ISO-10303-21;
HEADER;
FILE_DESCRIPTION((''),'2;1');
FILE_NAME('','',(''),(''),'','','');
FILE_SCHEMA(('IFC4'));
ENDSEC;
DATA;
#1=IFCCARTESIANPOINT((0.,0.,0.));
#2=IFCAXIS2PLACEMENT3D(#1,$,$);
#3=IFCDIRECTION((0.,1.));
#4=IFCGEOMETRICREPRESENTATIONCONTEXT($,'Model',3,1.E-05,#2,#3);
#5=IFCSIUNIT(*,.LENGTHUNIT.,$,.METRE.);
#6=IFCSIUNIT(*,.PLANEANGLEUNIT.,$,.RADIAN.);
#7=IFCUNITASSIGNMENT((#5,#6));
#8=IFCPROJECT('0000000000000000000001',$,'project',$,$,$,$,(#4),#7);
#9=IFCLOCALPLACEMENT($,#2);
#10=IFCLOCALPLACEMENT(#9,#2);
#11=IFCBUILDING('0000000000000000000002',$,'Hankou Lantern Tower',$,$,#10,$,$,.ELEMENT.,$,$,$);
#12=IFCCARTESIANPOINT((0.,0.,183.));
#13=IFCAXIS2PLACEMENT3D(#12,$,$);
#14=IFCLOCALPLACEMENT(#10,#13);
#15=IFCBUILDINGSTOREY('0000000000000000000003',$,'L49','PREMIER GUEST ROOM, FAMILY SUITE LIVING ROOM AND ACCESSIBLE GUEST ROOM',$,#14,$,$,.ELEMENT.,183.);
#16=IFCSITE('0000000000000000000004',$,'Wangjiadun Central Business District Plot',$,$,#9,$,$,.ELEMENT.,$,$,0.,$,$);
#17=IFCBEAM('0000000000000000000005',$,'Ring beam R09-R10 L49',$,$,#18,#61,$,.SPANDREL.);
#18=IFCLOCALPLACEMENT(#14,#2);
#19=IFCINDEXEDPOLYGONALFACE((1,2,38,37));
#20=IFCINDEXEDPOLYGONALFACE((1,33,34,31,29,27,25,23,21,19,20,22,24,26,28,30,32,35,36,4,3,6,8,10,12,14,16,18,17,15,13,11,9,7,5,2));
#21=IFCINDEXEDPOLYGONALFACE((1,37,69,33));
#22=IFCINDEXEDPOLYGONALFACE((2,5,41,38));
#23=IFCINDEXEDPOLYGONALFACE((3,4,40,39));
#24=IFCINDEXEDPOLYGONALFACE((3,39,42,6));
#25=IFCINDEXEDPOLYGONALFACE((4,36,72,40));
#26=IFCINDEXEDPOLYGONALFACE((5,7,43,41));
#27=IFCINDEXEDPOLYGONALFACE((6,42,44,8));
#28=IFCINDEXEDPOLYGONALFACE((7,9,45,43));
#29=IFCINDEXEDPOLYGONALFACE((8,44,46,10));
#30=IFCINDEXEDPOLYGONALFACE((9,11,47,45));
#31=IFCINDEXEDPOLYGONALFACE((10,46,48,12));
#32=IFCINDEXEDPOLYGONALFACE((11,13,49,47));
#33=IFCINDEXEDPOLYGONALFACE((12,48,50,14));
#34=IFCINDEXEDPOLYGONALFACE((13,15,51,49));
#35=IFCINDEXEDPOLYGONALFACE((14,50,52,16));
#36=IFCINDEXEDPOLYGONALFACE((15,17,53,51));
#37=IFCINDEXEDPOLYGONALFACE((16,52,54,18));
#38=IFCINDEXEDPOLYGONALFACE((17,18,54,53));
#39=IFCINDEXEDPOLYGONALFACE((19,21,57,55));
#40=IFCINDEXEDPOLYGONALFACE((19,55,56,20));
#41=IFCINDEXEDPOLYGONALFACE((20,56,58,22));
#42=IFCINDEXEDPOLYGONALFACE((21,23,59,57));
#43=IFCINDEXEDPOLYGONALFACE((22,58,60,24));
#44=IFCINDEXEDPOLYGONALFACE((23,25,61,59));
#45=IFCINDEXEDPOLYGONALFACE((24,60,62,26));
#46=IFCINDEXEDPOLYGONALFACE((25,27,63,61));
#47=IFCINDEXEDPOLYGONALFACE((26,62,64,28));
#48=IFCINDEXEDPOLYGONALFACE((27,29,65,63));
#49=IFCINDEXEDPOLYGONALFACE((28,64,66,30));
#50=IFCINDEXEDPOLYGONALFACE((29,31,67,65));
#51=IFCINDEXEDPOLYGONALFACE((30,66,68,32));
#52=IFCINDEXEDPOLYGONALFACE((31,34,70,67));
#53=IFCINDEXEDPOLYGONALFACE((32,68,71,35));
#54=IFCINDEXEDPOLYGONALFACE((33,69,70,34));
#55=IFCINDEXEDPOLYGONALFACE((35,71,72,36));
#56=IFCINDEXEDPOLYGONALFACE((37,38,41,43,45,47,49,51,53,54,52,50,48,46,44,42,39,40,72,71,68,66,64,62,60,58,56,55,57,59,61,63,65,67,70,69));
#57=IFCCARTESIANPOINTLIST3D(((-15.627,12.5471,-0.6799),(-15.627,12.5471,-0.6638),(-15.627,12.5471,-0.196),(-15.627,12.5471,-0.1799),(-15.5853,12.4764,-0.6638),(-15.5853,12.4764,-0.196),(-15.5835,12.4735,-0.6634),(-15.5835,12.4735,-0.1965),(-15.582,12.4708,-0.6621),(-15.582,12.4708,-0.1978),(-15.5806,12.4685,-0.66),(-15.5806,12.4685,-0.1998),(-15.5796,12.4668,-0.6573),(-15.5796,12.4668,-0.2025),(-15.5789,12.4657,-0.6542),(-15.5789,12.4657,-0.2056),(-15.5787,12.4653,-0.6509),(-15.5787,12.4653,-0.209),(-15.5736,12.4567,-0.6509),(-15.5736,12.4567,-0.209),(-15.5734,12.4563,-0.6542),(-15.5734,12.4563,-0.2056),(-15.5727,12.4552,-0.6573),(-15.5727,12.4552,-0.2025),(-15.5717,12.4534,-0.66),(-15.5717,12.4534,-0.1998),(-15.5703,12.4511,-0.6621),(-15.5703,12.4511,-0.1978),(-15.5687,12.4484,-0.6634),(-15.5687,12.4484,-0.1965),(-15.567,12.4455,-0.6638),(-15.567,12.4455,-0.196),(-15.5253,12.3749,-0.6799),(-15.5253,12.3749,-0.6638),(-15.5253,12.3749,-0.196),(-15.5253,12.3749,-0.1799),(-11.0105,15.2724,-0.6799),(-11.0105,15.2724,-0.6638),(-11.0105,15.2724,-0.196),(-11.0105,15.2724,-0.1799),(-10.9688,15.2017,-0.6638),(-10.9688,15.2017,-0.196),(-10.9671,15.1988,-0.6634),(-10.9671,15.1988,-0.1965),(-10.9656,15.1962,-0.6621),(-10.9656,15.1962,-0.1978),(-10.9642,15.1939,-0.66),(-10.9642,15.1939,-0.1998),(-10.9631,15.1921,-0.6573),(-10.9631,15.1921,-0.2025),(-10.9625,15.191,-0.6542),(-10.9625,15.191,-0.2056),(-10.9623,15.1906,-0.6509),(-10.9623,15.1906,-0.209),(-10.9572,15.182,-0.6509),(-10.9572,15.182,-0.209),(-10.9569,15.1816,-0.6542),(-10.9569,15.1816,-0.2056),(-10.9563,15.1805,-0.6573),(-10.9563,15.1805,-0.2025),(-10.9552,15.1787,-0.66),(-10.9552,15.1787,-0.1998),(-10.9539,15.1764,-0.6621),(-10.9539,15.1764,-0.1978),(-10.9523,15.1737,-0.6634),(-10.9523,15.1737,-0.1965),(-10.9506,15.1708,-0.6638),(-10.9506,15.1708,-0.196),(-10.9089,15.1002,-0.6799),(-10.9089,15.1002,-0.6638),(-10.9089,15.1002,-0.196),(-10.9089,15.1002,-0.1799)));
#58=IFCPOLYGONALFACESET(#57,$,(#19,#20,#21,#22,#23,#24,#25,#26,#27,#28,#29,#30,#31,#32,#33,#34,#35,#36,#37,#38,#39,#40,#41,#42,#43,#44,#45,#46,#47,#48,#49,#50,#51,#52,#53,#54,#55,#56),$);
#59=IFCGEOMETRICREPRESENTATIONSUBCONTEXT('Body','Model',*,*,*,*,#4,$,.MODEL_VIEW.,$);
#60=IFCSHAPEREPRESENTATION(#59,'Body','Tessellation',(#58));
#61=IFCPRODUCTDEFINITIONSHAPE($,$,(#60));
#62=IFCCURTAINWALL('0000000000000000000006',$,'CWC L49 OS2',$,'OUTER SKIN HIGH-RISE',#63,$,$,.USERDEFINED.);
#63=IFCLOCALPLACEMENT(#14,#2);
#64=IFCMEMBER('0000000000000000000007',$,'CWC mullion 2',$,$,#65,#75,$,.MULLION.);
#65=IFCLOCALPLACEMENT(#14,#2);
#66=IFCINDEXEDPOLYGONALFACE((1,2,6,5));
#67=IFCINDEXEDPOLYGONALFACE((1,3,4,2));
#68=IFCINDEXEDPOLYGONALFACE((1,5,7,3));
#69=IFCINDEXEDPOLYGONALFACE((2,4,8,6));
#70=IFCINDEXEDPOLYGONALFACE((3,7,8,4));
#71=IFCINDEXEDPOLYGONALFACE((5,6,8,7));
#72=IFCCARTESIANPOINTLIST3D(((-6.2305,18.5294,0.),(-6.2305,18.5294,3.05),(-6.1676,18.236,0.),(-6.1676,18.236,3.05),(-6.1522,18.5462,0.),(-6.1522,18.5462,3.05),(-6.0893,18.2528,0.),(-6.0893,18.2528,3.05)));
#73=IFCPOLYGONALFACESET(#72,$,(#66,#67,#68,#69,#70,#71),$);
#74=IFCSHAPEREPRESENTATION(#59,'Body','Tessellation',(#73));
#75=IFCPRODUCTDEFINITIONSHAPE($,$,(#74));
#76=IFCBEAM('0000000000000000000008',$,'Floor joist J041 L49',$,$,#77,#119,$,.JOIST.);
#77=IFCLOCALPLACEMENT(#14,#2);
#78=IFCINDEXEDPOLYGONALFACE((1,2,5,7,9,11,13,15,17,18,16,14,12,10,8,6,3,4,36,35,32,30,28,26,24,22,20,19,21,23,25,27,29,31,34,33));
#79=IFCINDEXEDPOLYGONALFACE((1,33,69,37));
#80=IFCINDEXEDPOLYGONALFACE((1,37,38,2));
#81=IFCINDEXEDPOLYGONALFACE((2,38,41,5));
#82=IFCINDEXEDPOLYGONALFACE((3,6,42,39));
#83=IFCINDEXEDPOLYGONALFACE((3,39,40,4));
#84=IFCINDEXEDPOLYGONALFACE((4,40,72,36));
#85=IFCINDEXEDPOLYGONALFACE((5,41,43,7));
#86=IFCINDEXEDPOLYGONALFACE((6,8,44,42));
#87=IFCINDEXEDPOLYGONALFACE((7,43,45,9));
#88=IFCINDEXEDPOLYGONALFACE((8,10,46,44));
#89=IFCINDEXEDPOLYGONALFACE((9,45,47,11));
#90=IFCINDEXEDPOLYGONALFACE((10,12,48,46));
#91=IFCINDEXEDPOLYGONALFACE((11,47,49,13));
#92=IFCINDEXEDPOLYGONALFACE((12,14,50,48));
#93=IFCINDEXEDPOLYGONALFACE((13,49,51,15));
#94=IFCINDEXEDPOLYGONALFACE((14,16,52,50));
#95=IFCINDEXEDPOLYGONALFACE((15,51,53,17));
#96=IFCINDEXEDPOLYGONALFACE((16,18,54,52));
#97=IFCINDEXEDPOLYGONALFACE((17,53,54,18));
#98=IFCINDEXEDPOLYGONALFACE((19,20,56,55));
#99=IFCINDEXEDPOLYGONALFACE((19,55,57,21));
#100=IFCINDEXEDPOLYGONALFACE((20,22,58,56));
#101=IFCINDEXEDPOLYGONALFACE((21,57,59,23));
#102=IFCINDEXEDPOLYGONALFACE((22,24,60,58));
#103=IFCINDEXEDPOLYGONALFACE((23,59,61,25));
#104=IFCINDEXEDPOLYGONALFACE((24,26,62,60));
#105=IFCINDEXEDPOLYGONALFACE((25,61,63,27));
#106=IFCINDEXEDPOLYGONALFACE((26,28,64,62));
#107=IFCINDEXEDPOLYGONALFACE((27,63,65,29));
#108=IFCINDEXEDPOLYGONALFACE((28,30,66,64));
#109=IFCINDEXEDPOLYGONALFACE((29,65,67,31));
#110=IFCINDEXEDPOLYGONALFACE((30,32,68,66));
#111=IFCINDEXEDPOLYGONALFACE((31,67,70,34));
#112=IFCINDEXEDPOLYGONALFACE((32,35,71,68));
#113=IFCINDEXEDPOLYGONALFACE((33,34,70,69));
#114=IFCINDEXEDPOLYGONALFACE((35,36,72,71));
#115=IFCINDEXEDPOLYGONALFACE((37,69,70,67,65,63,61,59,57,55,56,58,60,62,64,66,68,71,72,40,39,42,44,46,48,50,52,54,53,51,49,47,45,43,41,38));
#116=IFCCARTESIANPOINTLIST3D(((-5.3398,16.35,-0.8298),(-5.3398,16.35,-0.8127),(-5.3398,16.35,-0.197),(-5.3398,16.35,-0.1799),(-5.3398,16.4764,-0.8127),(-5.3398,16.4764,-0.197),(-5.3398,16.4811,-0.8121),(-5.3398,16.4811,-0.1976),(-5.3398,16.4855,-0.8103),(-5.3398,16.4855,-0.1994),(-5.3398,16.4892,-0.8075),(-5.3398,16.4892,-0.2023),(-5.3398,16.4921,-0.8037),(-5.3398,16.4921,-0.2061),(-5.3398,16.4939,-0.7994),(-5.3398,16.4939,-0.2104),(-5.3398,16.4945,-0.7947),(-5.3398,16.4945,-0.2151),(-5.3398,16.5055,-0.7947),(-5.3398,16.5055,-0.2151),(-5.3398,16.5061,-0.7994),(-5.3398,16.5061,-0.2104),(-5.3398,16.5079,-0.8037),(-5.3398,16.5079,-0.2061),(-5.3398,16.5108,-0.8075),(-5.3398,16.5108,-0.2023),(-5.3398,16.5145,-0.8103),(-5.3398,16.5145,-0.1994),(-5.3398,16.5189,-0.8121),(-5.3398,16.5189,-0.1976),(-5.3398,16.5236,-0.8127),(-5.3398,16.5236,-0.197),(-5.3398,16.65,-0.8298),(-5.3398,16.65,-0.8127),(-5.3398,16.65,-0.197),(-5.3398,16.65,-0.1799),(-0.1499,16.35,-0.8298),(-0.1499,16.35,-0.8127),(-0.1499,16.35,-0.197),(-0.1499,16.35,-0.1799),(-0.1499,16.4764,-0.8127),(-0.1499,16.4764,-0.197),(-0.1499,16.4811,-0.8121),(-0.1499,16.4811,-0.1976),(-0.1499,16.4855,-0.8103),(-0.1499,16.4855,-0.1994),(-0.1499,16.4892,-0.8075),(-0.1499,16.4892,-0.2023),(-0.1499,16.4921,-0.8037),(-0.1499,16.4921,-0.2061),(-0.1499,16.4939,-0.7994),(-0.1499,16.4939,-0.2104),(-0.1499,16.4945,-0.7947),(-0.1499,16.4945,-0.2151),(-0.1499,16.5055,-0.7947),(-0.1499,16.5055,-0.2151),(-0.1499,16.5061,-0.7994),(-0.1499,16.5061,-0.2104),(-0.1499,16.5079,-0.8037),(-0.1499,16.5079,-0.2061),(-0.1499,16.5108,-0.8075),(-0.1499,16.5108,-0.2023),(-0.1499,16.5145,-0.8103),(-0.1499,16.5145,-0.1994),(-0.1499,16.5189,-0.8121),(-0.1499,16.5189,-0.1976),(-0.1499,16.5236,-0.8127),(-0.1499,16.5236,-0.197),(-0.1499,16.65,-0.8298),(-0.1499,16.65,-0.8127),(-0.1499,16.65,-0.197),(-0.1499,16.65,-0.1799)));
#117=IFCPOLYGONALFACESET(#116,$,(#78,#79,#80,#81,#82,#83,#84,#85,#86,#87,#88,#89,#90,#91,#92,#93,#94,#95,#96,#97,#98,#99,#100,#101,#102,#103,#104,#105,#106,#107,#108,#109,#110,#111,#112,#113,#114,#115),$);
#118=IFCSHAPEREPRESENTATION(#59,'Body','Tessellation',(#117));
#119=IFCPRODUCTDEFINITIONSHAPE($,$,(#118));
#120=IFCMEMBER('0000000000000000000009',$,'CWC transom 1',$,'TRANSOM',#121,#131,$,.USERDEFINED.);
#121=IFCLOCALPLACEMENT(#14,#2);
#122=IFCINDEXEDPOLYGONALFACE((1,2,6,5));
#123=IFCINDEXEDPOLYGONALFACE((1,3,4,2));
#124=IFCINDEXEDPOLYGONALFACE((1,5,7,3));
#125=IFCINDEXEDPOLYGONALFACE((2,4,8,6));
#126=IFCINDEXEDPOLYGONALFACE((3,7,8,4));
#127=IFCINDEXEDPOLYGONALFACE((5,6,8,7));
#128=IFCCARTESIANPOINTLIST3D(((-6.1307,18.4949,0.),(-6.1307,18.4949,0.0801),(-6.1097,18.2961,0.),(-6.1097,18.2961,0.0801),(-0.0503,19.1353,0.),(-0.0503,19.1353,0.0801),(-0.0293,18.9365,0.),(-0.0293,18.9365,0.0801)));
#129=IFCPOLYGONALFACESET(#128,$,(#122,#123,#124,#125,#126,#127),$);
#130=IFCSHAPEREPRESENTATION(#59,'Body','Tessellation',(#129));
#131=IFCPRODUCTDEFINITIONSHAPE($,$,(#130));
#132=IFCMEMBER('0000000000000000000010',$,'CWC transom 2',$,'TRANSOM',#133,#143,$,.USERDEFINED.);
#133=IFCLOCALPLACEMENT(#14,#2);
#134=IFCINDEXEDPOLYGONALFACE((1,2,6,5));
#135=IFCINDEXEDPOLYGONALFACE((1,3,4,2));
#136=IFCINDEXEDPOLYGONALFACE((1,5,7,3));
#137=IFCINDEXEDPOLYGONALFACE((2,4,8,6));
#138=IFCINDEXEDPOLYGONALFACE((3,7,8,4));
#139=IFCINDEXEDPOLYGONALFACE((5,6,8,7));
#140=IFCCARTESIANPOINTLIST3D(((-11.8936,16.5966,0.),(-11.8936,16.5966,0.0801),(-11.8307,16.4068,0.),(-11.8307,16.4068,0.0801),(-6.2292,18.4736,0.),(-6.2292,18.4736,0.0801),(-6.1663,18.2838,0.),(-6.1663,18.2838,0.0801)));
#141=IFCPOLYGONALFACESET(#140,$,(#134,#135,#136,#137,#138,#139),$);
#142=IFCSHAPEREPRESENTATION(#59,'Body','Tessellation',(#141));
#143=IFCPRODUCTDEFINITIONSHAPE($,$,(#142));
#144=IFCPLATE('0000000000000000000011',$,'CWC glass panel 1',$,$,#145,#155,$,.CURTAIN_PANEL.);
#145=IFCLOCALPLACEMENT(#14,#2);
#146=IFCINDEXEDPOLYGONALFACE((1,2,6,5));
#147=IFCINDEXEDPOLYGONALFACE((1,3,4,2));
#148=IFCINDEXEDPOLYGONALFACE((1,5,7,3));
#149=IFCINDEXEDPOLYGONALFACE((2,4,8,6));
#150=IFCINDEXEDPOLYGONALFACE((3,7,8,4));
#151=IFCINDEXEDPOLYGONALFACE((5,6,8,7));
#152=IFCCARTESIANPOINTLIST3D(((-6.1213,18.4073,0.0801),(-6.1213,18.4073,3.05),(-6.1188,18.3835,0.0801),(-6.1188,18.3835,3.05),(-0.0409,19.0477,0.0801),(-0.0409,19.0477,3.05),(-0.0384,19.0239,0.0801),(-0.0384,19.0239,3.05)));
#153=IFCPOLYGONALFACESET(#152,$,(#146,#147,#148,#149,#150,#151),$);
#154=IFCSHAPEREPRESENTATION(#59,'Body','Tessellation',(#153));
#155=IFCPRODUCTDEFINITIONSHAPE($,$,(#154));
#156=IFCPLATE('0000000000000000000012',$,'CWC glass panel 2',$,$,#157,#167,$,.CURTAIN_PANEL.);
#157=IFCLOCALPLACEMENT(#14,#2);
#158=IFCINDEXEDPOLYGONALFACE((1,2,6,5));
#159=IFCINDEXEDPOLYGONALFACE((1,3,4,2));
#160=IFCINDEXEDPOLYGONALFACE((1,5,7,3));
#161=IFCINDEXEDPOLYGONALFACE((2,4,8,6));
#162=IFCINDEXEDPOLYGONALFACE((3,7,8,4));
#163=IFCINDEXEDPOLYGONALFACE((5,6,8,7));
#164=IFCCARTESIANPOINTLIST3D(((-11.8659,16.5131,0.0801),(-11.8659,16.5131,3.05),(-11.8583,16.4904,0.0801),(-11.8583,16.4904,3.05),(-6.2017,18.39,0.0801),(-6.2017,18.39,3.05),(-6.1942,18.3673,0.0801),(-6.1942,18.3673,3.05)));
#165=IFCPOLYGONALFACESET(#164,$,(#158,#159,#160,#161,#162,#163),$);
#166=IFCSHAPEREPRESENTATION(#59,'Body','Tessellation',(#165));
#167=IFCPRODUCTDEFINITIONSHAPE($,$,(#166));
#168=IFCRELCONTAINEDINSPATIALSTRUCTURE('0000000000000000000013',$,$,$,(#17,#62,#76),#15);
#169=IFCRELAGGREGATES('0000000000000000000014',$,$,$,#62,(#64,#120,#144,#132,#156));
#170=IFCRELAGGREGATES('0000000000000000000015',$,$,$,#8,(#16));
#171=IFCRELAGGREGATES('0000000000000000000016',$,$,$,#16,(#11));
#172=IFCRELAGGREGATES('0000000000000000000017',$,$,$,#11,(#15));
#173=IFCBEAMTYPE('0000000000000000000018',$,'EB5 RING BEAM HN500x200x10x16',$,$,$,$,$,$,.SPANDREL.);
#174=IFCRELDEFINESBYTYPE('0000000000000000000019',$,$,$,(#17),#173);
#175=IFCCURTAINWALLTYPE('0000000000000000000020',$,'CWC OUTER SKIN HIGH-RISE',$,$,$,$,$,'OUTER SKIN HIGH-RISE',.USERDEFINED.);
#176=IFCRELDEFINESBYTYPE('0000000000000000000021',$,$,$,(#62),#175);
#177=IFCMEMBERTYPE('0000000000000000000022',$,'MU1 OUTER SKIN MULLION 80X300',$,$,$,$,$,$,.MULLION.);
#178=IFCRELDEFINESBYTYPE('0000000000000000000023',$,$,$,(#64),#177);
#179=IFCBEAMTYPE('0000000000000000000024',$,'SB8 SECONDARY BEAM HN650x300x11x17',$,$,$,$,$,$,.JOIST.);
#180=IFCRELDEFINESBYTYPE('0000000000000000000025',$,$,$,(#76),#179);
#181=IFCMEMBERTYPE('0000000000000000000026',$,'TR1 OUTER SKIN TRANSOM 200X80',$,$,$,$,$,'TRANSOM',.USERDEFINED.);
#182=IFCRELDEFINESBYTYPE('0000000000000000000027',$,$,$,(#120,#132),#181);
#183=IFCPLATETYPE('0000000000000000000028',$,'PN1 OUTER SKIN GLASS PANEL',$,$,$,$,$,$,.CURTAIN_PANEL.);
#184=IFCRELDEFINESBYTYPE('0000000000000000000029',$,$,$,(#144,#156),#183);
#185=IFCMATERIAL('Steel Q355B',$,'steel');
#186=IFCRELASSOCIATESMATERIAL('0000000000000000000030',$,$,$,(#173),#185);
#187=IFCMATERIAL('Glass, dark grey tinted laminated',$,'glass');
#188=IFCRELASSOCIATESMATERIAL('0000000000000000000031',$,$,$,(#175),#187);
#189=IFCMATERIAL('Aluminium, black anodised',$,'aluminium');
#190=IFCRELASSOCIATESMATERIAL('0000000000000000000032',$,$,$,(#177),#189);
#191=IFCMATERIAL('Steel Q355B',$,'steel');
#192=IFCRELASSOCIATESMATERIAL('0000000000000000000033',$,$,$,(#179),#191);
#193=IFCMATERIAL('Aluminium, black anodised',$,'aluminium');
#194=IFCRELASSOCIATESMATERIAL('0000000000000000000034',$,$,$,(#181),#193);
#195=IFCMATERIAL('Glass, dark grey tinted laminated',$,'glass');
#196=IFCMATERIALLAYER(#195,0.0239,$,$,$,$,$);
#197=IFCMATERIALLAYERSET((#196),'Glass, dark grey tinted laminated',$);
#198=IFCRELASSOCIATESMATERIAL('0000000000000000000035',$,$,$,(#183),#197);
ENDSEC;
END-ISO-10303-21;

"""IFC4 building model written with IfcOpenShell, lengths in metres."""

from ifc_helpers import new_model, si_unit, direction, frame, origin, origin_2d, place, context, subcontext, project, spatial, rectangle, i_section, extrude, material, layer, layer_set, material_profile, profile_set, type_object, element, aggregate, save


model = new_model("IFC4")

# Units and contexts
model_context = context("Model", 3, precision=1e-05, world=origin(), true_north=direction((0.0, 1.0)))
body_context = subcontext(model_context, "Body", "Model", "MODEL_VIEW")
ifc_project = project(units=[si_unit("LENGTHUNIT", "METRE"), si_unit("PLANEANGLEUNIT", "RADIAN")], contexts=[model_context])

# Site, building, storey
site_placement = place(None, origin())
site = spatial("IfcSite", under=ifc_project, at=site_placement, Name="Wangjiadun Central Business District Plot", CompositionType="ELEMENT", RefElevation=0.0)
building_placement = place(site_placement, origin())
building = spatial("IfcBuilding", under=site, at=building_placement, Name="Hankou Lantern Tower", CompositionType="ELEMENT")
storey_placement = place(building_placement, frame((0.0, 0.0, 183.0)))
storey = spatial("IfcBuildingStorey", under=building, at=storey_placement, Name="L49", Description="PREMIER GUEST ROOM, FAMILY SUITE LIVING ROOM AND ACCESSIBLE GUEST ROOM", CompositionType="ELEMENT", Elevation=183.0)

# Beam
ifc_material_1 = material(Name="Steel Q355B", Category="steel")
ifc_material_profile_1 = material_profile(ifc_material_1, i_section(OverallWidth=0.2, OverallDepth=0.5, WebThickness=0.01, FlangeThickness=0.0161, FilletRadius=0.0129, at=origin_2d()), Name="HN500x200x10x16")
ifc_profile_set_1 = profile_set([ifc_material_profile_1], Name="Steel Q355B")
beam_type_1 = type_object("IfcBeamType", Name="EB5 RING BEAM HN500x200x10x16", PredefinedType="SPANDREL", material=ifc_profile_set_1)
beam_1_placement = place(storey_placement, frame((-10.9597, 15.1863, -0.4299), z_axis=(-0.861136, -0.508375, 0.0), x_axis=(0.508375, -0.861136, 0.0)))
element("IfcBeam", 1, at=beam_1_placement, inside=storey, type_object=beam_type_1, Name="Ring beam R09-R10 L49", PredefinedType="SPANDREL", context=body_context, shape_type="SweptSolid", body=[
    extrude(i_section(OverallWidth=0.2, OverallDepth=0.5, WebThickness=0.01, FlangeThickness=0.0161, FilletRadius=0.0129, at=origin_2d()), origin(), (0.0, 0.0, 1.0), 5.3608),
])

# Curtain wall, member
ifc_material_2 = material(Name="Glass, dark grey tinted laminated", Category="glass")
curtain_wall_type = type_object("IfcCurtainWallType", Name="CWC OUTER SKIN HIGH-RISE", ElementType="OUTER SKIN HIGH-RISE", PredefinedType="USERDEFINED", material=ifc_material_2)
curtain_wall_placement = place(storey_placement, origin())
curtain_wall = element("IfcCurtainWall", 2, at=curtain_wall_placement, inside=storey, type_object=curtain_wall_type, Name="CWC L49 OS2", ObjectType="OUTER SKIN HIGH-RISE", PredefinedType="USERDEFINED")
ifc_material_3 = material(Name="Aluminium, black anodised", Category="aluminium")
ifc_material_profile_2 = material_profile(ifc_material_3, rectangle(XDim=0.0801, YDim=0.3, at=origin_2d()), Name="MU1 80X300")
ifc_profile_set_2 = profile_set([ifc_material_profile_2], Name="Aluminium, black anodised")
member_type_1 = type_object("IfcMemberType", Name="MU1 OUTER SKIN MULLION 80X300", PredefinedType="MULLION", material=ifc_profile_set_2)
member_1_placement = place(storey_placement, frame((-6.1599, 18.3911, 0.0), z_axis=(0.0, 0.0, 1.0), x_axis=(-0.977788, -0.209598, 0.0)))
member_1 = element("IfcMember", 3, at=member_1_placement, type_object=member_type_1, Name="CWC mullion 2", PredefinedType="MULLION", context=body_context, shape_type="SweptSolid", body=[
    extrude(rectangle(XDim=0.0801, YDim=0.3, at=origin_2d()), origin(), (0.0, 0.0, 1.0), 3.05),
])

# Beam
ifc_material_4 = material(Name="Steel Q355B", Category="steel")
ifc_material_profile_3 = material_profile(ifc_material_4, i_section(OverallWidth=0.3, OverallDepth=0.6499, WebThickness=0.011, FlangeThickness=0.0171, FilletRadius=0.0181, at=origin_2d()), Name="HN650x300x11x17")
ifc_profile_set_3 = profile_set([ifc_material_profile_3], Name="Steel Q355B")
beam_type_2 = type_object("IfcBeamType", Name="SB8 SECONDARY BEAM HN650x300x11x17", PredefinedType="JOIST", material=ifc_profile_set_3)
beam_2_placement = place(storey_placement, frame((-5.3398, 16.5, -0.5049), z_axis=(1.0, 0.0, 0.0), x_axis=(0.0, 1.0, 0.0)))
element("IfcBeam", 4, at=beam_2_placement, inside=storey, type_object=beam_type_2, Name="Floor joist J041 L49", PredefinedType="JOIST", context=body_context, shape_type="SweptSolid", body=[
    extrude(i_section(OverallWidth=0.3, OverallDepth=0.6499, WebThickness=0.011, FlangeThickness=0.0171, FilletRadius=0.0181, at=origin_2d()), origin(), (0.0, 0.0, 1.0), 5.1899),
])

# Members
ifc_material_5 = material(Name="Aluminium, black anodised", Category="aluminium")
ifc_material_profile_4 = material_profile(ifc_material_5, rectangle(XDim=0.2, YDim=0.0801, at=origin_2d()), Name="TR1 200X80")
ifc_profile_set_4 = profile_set([ifc_material_profile_4], Name="Aluminium, black anodised")
member_type_2 = type_object("IfcMemberType", Name="TR1 OUTER SKIN TRANSOM 200X80", ElementType="TRANSOM", PredefinedType="USERDEFINED", material=ifc_profile_set_4)
member_2_placement = place(storey_placement, frame((-0.0398, 19.0359, 0.04), z_axis=(-0.9945, -0.104741, 0.0), x_axis=(0.104741, -0.9945, 0.0)))
member_2 = element("IfcMember", 5, at=member_2_placement, type_object=member_type_2, Name="CWC transom 1", ObjectType="TRANSOM", PredefinedType="USERDEFINED", context=body_context, shape_type="SweptSolid", body=[
    extrude(rectangle(XDim=0.2, YDim=0.0801, at=origin_2d()), origin(), (0.0, 0.0, 1.0), 6.114),
])
member_3_placement = place(storey_placement, frame((-6.1978, 18.3787, 0.04), z_axis=(-0.949242, -0.314546, 0.0), x_axis=(0.314546, -0.949242, 0.0)))
member_3 = element("IfcMember", 6, at=member_3_placement, type_object=member_type_2, Name="CWC transom 2", ObjectType="TRANSOM", PredefinedType="USERDEFINED", context=body_context, shape_type="SweptSolid", body=[
    extrude(rectangle(XDim=0.2, YDim=0.0801, at=origin_2d()), origin(), (0.0, 0.0, 1.0), 5.9673),
])

# Plates
ifc_material_6 = material(Name="Glass, dark grey tinted laminated", Category="glass")
ifc_layer_1 = layer(ifc_material_6, 0.0239)
ifc_layer_set_1 = layer_set([ifc_layer_1], Name="Glass, dark grey tinted laminated")
plate_type = type_object("IfcPlateType", Name="PN1 OUTER SKIN GLASS PANEL", PredefinedType="CURTAIN_PANEL", material=ifc_layer_set_1)
plate_1_placement = place(storey_placement, frame((-3.0798, 18.7156, 0.0801), z_axis=(0.0, 0.0, 1.0), x_axis=(-0.994499, -0.104743, 0.0)))
plate_1 = element("IfcPlate", 7, at=plate_1_placement, type_object=plate_type, Name="CWC glass panel 1", PredefinedType="CURTAIN_PANEL", context=body_context, shape_type="SweptSolid", body=[
    extrude(rectangle(XDim=6.114, YDim=0.0239, at=origin_2d()), origin(), (0.0, 0.0, 1.0), 2.97),
])
plate_2_placement = place(storey_placement, frame((-9.03, 17.4402, 0.0801), z_axis=(0.0, 0.0, 1.0), x_axis=(-0.949241, -0.314551, 0.0)))
plate_2 = element("IfcPlate", 8, at=plate_2_placement, type_object=plate_type, Name="CWC glass panel 2", PredefinedType="CURTAIN_PANEL", context=body_context, shape_type="SweptSolid", body=[
    extrude(rectangle(XDim=5.967, YDim=0.0239, at=origin_2d()), origin(), (0.0, 0.0, 1.0), 2.97),
])
aggregate(curtain_wall, [member_1, member_2, plate_1, member_3, plate_2])

save(model, "model.ifc")
